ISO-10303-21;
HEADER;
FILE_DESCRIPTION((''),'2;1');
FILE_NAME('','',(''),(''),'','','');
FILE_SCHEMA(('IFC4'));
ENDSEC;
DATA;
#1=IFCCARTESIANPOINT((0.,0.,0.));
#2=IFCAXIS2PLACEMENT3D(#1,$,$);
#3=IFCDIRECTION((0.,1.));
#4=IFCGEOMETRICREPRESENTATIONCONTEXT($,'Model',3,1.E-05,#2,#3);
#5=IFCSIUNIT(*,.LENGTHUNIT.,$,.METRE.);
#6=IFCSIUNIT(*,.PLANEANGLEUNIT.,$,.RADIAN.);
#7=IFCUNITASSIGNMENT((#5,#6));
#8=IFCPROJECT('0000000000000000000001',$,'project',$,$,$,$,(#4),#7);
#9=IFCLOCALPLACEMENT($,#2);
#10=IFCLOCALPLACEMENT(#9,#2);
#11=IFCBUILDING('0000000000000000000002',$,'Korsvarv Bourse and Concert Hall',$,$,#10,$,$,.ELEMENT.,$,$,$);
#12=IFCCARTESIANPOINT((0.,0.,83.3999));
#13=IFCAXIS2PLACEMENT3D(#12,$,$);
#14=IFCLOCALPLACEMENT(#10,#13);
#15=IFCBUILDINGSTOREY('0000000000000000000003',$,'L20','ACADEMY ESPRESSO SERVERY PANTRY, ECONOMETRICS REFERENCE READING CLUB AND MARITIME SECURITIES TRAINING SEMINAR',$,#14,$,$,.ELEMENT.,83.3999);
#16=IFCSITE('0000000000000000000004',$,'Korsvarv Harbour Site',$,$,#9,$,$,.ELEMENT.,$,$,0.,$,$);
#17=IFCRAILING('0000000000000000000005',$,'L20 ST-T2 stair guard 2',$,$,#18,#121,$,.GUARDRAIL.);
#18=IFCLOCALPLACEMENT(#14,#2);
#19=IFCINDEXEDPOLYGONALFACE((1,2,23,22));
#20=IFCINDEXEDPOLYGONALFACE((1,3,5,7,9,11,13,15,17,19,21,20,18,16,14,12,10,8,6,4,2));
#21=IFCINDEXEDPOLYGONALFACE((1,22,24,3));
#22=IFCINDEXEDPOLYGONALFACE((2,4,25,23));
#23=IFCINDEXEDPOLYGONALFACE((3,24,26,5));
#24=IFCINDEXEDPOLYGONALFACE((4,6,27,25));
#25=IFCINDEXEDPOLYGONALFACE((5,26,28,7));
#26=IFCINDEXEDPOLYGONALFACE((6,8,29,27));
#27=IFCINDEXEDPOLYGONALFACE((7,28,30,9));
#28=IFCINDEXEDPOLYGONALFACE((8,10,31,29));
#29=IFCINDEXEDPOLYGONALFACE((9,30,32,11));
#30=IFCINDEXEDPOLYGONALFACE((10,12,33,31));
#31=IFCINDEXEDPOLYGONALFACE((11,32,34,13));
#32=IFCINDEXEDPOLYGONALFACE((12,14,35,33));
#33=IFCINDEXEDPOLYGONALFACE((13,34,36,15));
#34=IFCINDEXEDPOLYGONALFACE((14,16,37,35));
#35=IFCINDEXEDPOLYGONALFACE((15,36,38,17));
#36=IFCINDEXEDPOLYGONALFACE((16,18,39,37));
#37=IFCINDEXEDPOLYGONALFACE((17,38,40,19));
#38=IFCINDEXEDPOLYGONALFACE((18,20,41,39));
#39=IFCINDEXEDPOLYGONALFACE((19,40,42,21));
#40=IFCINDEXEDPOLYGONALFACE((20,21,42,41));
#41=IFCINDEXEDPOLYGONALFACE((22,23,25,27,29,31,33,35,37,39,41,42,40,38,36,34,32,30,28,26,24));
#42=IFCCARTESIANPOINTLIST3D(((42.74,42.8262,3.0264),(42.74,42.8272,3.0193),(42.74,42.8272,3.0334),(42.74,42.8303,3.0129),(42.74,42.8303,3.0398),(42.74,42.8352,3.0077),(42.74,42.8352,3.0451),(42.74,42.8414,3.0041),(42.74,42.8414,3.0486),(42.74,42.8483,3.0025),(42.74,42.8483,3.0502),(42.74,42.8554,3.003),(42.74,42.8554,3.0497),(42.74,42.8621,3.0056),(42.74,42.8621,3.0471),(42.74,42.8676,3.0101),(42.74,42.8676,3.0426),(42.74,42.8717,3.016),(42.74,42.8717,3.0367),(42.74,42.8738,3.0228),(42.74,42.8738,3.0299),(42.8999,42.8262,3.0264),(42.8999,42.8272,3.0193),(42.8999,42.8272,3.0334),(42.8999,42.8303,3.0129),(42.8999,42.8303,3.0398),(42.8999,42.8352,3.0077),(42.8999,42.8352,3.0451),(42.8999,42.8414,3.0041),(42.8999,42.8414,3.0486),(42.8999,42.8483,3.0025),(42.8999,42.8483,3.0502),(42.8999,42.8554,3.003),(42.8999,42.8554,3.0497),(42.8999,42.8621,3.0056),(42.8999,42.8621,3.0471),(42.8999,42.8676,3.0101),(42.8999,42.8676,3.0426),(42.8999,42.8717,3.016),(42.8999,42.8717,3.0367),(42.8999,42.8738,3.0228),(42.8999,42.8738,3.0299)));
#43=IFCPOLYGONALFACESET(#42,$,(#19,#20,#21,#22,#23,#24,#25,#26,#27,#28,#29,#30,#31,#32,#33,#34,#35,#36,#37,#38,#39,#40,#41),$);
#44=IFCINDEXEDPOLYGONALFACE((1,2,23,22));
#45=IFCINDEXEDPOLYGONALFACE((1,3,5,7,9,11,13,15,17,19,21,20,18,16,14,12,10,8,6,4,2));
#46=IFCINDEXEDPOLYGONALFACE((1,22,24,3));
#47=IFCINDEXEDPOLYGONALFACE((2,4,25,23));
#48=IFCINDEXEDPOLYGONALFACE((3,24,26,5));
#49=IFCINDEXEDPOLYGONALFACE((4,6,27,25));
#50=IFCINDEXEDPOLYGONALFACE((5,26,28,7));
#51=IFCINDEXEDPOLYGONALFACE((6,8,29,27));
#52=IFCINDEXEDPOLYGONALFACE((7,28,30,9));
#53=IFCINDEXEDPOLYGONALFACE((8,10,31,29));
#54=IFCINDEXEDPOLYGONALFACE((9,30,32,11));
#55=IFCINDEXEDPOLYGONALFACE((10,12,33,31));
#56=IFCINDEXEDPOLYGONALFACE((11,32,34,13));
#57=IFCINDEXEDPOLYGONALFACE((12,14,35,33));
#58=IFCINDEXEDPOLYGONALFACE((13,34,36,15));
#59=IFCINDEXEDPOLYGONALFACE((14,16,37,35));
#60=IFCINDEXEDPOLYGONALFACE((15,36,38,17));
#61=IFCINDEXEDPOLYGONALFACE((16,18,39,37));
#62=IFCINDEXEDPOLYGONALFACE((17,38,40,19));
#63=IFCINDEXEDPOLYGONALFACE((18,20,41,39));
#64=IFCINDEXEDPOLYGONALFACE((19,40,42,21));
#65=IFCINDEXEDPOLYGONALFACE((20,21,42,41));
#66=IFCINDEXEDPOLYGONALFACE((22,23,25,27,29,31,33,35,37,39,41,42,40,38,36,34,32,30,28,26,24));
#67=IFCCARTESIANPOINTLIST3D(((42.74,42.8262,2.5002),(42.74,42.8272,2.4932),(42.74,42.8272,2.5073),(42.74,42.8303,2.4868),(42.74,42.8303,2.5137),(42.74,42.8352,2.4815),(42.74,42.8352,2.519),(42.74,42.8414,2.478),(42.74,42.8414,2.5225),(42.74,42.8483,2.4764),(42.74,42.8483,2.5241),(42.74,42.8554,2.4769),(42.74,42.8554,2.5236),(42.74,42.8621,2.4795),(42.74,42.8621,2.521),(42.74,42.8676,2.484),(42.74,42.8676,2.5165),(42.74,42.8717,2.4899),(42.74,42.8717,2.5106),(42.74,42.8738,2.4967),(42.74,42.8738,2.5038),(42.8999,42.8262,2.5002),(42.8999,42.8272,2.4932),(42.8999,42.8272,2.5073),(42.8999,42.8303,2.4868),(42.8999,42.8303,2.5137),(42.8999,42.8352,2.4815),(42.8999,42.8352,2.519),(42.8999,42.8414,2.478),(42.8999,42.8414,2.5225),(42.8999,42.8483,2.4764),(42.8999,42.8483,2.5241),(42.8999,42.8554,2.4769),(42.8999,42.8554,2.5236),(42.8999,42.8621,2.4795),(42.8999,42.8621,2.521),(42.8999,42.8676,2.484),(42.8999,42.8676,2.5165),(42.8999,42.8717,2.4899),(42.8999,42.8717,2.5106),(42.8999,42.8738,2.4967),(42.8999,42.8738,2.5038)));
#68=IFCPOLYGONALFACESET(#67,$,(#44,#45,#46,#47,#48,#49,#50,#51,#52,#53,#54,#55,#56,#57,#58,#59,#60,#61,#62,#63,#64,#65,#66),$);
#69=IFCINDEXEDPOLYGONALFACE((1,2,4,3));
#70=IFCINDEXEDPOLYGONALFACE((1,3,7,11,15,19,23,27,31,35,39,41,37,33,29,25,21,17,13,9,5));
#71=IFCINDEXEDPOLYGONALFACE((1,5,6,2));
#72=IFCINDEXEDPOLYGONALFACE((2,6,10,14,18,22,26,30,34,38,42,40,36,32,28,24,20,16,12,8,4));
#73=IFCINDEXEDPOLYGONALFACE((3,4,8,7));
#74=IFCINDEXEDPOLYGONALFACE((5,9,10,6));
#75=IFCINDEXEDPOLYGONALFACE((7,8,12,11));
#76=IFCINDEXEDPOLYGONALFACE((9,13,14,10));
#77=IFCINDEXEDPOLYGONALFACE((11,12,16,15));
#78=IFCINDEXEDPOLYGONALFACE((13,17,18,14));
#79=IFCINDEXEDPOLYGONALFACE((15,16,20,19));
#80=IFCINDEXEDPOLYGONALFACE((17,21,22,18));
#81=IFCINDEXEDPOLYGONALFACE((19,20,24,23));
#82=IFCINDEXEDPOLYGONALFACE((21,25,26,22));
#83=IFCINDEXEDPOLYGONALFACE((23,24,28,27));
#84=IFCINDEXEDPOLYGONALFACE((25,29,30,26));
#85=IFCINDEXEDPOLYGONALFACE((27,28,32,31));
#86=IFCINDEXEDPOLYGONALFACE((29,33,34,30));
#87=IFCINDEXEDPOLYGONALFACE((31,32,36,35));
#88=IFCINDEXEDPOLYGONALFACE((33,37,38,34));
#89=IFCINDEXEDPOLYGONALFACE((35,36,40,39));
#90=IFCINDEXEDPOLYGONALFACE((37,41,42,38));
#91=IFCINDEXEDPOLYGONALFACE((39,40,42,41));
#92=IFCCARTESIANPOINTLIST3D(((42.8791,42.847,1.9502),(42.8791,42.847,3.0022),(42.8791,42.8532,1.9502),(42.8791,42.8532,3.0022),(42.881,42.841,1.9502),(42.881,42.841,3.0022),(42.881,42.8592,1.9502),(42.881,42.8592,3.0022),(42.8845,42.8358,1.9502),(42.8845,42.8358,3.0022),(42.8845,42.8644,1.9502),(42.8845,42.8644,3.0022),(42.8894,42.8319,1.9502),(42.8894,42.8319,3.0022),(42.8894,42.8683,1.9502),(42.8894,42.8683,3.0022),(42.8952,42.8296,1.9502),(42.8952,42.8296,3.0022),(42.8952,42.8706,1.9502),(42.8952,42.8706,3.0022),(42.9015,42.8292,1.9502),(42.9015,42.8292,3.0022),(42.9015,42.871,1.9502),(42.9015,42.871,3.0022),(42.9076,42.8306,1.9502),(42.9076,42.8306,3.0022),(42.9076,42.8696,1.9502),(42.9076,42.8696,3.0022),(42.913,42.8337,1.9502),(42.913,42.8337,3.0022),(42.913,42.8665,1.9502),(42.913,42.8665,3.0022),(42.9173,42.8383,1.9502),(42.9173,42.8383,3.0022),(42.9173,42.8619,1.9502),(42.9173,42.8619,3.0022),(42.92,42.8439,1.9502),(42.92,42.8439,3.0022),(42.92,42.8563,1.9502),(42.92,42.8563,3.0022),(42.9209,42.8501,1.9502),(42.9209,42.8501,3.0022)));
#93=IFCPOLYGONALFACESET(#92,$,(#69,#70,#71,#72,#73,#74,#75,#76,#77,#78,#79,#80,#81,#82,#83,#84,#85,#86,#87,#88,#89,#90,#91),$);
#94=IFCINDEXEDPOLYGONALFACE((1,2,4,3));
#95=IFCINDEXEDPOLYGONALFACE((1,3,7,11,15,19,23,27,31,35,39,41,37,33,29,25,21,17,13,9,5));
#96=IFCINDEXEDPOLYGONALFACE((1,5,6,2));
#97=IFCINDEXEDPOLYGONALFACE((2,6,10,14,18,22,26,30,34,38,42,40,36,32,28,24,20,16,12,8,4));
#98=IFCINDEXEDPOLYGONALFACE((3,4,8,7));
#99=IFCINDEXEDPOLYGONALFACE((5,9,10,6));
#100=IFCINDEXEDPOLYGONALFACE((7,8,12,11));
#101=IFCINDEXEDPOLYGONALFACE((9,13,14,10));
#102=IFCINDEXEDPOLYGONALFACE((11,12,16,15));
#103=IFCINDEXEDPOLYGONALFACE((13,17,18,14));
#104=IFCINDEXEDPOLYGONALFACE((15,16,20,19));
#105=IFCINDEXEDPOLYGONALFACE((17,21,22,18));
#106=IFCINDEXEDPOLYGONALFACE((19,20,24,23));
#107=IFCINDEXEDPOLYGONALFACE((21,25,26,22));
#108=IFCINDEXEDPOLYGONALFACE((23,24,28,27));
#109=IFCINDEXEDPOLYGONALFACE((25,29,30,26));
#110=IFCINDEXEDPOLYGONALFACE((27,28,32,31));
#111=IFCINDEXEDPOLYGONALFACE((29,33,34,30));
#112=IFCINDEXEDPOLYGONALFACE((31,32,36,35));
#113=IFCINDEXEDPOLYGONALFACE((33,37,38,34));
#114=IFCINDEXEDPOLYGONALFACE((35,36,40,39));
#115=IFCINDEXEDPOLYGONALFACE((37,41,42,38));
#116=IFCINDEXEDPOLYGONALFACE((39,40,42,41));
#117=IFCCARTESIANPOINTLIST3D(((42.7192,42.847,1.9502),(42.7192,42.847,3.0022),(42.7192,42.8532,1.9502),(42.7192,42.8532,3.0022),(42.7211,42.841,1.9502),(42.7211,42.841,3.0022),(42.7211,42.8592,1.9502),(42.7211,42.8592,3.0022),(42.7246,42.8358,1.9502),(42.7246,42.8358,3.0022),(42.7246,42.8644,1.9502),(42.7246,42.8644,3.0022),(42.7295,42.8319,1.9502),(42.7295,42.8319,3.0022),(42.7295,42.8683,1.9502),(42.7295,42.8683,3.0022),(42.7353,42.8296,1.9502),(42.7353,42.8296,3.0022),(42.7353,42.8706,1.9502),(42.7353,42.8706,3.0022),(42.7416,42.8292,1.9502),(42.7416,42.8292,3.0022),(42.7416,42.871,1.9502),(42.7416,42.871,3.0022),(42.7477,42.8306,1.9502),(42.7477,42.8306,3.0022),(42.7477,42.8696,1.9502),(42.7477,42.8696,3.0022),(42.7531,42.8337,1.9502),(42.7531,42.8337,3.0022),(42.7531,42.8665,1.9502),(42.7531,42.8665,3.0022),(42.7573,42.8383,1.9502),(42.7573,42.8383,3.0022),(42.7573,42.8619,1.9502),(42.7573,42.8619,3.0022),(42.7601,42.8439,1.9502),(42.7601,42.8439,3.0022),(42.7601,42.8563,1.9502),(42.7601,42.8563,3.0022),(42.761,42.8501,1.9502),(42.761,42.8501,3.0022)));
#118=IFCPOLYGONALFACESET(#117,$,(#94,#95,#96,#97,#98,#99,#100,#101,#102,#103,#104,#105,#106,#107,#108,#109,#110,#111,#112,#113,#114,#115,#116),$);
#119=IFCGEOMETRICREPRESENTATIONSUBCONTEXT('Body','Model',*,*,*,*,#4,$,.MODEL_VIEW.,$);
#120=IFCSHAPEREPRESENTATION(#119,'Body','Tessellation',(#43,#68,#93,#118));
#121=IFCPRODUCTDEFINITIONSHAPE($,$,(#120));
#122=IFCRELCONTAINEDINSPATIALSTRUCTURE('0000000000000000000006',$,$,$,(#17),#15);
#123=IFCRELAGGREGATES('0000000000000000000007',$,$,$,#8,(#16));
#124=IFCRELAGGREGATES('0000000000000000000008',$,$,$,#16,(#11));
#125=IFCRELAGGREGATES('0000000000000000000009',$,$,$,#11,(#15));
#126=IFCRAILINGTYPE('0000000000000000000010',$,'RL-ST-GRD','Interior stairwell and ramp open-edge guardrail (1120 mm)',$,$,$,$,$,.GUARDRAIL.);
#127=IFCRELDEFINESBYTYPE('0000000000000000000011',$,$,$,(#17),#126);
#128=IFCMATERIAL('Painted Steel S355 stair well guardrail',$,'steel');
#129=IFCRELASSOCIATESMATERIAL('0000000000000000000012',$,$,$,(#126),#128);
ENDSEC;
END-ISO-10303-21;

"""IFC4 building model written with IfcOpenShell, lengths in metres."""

from ifc_helpers import new_model, si_unit, direction, frame, origin, origin_2d, place, context, subcontext, project, spatial, circle, extrude, material, type_object, element, save


model = new_model("IFC4")

# Units and contexts
model_context = context("Model", 3, precision=1e-05, world=origin(), true_north=direction((0.0, 1.0)))
body_context = subcontext(model_context, "Body", "Model", "MODEL_VIEW")
ifc_project = project(units=[si_unit("LENGTHUNIT", "METRE"), si_unit("PLANEANGLEUNIT", "RADIAN")], contexts=[model_context])

# Site, building, storey
site_placement = place(None, origin())
site = spatial("IfcSite", under=ifc_project, at=site_placement, Name="Korsvarv Harbour Site", CompositionType="ELEMENT", RefElevation=0.0)
building_placement = place(site_placement, origin())
building = spatial("IfcBuilding", under=site, at=building_placement, Name="Korsvarv Bourse and Concert Hall", CompositionType="ELEMENT")
storey_placement = place(building_placement, frame((0.0, 0.0, 83.3999)))
storey = spatial("IfcBuildingStorey", under=building, at=storey_placement, Name="L20", Description="ACADEMY ESPRESSO SERVERY PANTRY, ECONOMETRICS REFERENCE READING CLUB AND MARITIME SECURITIES TRAINING SEMINAR", CompositionType="ELEMENT", Elevation=83.3999)

# Railing
ifc_material_1 = material(Name="Painted Steel S355 stair well guardrail", Category="steel")
railing_type_1 = type_object("IfcRailingType", Name="RL-ST-GRD", Description="Interior stairwell and ramp open-edge guardrail (1120 mm)", PredefinedType="GUARDRAIL", material=ifc_material_1)
railing_1_placement = place(storey_placement, frame((42.8999, 42.8501, 1.9502)))
element("IfcRailing", 1, at=railing_1_placement, inside=storey, type_object=railing_type_1, Name="L20 ST-T2 stair guard 2", PredefinedType="GUARDRAIL", context=body_context, shape_type="SweptSolid", body=[
    extrude(circle(Radius=0.0239, at=origin_2d()), frame((0.0, 0.0, 1.0762), z_axis=(-1.0, 0.0, 0.0), x_axis=(0.0, -1.0, 0.0)), (0.0, 0.0, 1.0), 0.1599),
    extrude(circle(Radius=0.0239, at=origin_2d()), frame((0.0, 0.0, 0.55), z_axis=(-1.0, 0.0, 0.0), x_axis=(0.0, -1.0, 0.0)), (0.0, 0.0, 1.0), 0.1599),
    extrude(circle(Radius=0.021, at=origin_2d()), origin(), (0.0, 0.0, 1.0), 1.052),
    extrude(circle(Radius=0.021, at=origin_2d()), frame((-0.1599, 0.0, 0.0)), (0.0, 0.0, 1.0), 1.052),
])

save(model, "model.ifc")
